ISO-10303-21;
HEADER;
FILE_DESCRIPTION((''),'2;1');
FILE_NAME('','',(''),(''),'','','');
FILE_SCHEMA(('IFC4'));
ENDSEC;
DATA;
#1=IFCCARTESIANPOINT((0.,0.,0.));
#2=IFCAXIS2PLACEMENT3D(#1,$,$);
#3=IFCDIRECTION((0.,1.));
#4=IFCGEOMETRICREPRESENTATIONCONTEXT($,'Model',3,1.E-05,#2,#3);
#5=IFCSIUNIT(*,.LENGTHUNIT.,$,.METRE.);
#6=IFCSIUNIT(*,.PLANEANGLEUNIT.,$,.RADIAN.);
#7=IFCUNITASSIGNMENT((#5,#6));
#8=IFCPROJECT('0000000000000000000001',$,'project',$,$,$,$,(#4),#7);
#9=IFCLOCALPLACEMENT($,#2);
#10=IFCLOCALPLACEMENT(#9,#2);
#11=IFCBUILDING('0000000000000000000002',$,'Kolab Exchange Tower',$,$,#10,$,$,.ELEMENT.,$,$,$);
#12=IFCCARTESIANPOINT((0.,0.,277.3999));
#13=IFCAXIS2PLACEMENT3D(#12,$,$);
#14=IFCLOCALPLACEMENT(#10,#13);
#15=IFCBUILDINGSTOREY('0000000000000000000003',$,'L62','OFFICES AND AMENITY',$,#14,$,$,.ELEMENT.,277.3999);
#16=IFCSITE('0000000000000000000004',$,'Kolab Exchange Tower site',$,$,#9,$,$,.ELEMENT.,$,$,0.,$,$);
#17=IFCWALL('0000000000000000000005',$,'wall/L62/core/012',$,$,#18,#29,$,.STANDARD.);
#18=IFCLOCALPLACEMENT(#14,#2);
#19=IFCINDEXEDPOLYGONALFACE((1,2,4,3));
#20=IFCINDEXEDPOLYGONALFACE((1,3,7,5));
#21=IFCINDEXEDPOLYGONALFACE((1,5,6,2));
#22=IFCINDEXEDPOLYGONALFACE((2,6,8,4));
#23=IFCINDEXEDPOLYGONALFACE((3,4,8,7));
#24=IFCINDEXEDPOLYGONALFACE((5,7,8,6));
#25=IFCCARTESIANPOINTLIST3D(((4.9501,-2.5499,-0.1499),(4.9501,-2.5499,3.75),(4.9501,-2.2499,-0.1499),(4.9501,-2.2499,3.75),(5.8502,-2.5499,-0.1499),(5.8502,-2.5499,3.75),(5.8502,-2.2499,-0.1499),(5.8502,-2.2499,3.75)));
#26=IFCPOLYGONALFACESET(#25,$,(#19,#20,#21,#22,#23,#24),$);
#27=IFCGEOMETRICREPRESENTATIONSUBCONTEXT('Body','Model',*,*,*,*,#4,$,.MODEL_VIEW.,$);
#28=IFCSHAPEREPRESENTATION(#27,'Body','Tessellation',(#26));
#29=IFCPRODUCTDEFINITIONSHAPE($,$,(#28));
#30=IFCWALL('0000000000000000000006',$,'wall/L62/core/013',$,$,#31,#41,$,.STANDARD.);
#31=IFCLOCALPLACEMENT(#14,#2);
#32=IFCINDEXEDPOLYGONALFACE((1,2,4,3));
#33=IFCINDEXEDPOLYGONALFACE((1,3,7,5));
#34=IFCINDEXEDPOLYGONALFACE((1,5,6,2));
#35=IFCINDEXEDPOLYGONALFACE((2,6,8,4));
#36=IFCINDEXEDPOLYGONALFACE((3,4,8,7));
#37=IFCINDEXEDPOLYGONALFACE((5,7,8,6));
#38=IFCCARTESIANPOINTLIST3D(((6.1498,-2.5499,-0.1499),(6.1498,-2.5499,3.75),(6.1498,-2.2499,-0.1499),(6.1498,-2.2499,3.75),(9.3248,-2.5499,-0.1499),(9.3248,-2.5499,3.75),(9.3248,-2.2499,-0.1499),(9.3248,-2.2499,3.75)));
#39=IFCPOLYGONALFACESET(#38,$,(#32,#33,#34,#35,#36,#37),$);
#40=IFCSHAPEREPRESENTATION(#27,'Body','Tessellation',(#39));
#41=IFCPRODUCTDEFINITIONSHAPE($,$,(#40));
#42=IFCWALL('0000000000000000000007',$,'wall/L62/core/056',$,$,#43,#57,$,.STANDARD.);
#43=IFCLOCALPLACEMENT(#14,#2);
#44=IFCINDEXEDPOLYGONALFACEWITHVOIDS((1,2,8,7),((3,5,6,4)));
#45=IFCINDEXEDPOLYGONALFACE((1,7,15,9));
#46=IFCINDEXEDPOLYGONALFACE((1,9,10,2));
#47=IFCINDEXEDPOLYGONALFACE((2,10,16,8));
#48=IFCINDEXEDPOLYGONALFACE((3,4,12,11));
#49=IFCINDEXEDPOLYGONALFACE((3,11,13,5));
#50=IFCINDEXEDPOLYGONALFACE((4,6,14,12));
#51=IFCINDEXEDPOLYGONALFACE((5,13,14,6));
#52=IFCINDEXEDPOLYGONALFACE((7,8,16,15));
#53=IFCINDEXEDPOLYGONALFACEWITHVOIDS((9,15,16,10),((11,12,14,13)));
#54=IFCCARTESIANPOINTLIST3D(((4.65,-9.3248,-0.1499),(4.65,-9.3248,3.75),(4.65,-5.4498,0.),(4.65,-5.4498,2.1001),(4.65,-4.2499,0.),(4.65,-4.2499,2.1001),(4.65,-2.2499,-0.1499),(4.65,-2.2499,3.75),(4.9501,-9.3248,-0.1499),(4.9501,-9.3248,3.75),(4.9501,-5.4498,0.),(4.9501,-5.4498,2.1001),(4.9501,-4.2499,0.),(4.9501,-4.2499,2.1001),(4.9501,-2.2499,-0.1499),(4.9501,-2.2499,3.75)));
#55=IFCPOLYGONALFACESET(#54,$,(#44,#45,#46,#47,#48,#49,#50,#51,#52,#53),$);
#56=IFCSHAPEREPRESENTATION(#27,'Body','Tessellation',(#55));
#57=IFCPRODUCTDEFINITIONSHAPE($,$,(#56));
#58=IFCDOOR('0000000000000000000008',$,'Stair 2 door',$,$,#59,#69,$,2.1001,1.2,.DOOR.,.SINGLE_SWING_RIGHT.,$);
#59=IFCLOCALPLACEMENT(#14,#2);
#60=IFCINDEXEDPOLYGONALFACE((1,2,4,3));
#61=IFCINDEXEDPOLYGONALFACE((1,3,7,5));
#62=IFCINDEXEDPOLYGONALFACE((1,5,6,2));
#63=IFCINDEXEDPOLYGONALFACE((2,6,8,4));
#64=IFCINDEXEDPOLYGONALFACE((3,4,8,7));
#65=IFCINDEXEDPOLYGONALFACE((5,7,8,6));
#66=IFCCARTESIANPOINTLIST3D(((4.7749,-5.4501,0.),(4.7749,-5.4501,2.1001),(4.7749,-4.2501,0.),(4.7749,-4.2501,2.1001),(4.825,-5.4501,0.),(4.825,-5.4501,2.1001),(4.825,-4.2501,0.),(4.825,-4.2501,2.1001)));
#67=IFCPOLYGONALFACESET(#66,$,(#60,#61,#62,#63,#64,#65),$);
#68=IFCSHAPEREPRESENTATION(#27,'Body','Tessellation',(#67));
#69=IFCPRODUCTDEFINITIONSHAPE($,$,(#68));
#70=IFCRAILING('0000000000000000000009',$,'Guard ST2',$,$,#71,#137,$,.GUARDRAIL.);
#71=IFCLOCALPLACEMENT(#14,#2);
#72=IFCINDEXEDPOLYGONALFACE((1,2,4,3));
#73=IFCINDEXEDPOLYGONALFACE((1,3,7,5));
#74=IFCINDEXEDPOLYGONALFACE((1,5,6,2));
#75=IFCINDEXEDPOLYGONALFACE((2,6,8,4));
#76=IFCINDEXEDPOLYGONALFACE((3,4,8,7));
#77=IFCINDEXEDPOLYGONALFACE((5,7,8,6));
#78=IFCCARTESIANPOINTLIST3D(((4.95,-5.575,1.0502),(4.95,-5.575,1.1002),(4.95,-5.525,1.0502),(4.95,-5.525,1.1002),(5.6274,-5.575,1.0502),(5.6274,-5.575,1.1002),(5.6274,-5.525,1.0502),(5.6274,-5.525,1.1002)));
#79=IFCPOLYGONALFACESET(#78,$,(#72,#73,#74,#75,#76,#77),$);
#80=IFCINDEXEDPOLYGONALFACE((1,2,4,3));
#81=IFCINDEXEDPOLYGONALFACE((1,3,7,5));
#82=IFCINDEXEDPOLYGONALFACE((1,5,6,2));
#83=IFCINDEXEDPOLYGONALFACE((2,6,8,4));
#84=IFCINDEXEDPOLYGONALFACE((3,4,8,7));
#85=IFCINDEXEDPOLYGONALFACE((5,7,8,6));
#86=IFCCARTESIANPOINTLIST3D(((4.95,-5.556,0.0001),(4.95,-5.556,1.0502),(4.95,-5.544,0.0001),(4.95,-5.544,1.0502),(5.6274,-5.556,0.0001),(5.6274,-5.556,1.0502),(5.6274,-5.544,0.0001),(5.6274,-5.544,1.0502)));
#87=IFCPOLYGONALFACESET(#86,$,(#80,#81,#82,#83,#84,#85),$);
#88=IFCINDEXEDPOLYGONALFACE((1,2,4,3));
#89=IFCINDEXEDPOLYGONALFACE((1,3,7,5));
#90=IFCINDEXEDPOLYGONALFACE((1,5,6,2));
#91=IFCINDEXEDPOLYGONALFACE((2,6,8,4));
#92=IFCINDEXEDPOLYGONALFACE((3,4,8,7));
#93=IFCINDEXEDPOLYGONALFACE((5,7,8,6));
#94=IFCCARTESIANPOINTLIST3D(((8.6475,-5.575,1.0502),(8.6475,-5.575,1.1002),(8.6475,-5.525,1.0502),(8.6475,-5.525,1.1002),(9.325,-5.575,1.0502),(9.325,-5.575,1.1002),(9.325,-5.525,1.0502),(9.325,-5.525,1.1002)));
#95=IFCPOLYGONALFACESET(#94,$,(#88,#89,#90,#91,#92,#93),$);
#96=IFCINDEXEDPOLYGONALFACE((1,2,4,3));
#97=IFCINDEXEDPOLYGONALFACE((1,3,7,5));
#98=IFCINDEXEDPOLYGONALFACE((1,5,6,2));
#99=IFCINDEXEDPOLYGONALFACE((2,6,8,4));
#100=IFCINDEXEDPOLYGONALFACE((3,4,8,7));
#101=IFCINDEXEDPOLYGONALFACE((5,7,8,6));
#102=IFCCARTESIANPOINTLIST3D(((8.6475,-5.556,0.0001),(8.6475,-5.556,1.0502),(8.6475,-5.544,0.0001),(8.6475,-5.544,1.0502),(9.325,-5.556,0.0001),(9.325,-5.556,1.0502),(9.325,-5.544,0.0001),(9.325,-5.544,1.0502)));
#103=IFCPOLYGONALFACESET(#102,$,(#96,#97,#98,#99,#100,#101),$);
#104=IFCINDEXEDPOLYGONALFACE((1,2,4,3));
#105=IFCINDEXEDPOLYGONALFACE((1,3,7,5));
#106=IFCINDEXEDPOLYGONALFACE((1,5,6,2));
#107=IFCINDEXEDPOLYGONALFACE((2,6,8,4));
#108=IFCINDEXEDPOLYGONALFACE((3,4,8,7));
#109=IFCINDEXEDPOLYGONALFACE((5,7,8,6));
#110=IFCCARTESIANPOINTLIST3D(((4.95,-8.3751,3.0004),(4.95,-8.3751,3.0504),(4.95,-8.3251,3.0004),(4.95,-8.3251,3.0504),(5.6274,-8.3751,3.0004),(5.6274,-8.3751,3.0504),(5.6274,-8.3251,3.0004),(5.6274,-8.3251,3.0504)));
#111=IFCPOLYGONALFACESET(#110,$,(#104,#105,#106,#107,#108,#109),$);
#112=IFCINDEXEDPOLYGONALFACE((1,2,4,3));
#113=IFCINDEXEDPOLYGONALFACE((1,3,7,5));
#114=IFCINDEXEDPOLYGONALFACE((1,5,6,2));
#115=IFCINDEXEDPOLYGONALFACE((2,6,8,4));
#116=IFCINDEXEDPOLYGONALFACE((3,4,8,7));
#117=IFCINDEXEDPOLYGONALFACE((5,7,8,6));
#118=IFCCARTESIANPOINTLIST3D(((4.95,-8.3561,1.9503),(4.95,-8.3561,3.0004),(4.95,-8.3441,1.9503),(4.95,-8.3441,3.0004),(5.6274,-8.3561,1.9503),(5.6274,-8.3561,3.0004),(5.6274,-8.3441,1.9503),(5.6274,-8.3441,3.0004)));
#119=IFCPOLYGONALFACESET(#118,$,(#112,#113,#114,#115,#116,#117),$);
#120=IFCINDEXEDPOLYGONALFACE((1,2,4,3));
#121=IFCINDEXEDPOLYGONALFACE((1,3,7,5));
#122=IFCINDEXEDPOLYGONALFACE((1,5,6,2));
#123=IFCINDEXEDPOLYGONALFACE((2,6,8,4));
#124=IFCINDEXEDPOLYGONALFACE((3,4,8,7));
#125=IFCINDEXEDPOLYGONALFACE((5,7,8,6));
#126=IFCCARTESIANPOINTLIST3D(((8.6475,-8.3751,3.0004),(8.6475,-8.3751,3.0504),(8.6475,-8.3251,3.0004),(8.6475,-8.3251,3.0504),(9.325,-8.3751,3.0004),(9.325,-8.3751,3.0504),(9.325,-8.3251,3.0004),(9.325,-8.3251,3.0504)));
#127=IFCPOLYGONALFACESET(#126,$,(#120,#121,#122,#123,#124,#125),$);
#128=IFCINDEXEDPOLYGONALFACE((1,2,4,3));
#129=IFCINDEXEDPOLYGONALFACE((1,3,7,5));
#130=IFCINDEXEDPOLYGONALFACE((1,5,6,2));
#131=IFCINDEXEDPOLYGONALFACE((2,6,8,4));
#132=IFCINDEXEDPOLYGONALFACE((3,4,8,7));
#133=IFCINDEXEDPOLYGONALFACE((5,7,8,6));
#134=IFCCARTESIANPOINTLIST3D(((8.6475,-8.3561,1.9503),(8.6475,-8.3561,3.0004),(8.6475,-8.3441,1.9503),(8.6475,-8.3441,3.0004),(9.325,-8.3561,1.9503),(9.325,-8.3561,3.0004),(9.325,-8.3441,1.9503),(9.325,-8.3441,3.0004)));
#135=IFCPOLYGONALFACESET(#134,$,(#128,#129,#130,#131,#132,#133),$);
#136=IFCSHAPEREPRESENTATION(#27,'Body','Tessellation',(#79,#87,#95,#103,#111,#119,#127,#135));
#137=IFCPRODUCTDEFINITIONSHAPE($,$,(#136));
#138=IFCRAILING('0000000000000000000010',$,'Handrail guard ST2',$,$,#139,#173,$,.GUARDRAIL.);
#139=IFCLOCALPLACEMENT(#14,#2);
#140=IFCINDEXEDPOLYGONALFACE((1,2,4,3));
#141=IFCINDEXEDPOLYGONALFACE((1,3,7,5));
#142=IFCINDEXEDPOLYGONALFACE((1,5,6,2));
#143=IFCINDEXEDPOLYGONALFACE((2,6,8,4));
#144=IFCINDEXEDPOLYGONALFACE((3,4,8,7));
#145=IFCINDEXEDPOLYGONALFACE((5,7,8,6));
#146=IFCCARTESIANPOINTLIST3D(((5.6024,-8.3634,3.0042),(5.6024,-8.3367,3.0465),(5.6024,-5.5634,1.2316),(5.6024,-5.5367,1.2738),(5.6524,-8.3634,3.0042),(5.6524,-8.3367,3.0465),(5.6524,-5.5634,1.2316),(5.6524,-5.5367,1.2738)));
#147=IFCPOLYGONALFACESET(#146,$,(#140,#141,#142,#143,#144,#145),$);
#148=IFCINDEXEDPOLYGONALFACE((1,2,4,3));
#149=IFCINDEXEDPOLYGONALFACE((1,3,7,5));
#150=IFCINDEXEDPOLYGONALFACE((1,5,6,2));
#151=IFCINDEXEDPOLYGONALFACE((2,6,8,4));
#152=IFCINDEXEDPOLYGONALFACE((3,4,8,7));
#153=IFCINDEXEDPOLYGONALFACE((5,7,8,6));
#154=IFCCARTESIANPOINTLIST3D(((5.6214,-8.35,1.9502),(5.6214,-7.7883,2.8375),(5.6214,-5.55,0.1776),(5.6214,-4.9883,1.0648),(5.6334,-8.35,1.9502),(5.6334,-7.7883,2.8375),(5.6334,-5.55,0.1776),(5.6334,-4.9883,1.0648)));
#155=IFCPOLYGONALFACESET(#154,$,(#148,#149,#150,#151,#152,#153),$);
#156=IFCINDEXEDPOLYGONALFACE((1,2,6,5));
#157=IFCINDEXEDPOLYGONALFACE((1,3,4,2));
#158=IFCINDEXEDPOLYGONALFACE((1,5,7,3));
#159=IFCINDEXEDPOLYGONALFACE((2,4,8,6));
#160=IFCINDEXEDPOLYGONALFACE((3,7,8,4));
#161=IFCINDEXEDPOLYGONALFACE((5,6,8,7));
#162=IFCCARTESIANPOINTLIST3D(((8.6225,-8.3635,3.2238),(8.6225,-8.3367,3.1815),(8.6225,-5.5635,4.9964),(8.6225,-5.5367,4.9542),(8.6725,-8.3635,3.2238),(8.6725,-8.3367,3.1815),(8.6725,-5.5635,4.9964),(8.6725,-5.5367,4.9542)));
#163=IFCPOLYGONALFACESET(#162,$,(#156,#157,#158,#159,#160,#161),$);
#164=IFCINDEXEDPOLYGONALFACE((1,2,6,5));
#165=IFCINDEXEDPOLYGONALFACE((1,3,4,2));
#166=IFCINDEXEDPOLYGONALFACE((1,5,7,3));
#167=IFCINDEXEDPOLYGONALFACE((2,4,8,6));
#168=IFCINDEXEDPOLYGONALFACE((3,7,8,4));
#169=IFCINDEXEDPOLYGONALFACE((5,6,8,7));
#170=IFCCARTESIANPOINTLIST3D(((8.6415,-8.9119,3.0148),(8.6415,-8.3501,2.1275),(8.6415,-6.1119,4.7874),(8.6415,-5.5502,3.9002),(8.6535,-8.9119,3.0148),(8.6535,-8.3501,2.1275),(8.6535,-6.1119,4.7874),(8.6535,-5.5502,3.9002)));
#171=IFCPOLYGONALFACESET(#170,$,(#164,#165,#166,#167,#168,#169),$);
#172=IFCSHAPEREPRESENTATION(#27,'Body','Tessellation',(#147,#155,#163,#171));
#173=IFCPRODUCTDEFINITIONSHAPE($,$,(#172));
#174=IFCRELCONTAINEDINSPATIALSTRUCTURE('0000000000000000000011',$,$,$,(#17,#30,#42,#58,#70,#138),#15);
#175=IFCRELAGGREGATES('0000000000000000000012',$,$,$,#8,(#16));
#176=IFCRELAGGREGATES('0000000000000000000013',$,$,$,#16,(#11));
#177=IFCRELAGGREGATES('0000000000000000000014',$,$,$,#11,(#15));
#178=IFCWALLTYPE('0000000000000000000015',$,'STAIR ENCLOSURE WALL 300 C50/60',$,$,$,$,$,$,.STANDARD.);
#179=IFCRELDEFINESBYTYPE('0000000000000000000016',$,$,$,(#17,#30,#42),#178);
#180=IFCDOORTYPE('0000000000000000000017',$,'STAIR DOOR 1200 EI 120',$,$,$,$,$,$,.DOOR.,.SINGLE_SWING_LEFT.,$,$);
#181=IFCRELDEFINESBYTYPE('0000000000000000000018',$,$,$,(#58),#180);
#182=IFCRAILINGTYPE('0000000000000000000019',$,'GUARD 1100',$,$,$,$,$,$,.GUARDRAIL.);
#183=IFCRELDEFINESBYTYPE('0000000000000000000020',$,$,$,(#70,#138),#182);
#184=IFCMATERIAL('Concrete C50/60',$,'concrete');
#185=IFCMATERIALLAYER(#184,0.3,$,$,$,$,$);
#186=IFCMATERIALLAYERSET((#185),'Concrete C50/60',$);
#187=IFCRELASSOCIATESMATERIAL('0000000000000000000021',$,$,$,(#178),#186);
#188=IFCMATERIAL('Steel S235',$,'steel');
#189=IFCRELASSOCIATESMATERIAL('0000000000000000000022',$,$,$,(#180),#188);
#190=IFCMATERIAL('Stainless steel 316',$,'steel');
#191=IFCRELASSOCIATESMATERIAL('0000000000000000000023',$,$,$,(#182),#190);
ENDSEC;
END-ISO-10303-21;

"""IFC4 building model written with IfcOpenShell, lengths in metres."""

from ifc_helpers import new_model, si_unit, direction, frame, frame_2d, origin, origin_2d, place, context, subcontext, project, spatial, rectangle, extrude, material, layer, layer_set, type_object, element, fill, save


model = new_model("IFC4")

# Units and contexts
model_context = context("Model", 3, precision=1e-05, world=origin(), true_north=direction((0.0, 1.0)))
body_context = subcontext(model_context, "Body", "Model", "MODEL_VIEW")
ifc_project = project(units=[si_unit("LENGTHUNIT", "METRE"), si_unit("PLANEANGLEUNIT", "RADIAN")], contexts=[model_context])

# Site, building, storey
site_placement = place(None, origin())
site = spatial("IfcSite", under=ifc_project, at=site_placement, Name="Kolab Exchange Tower site", CompositionType="ELEMENT", RefElevation=0.0)
building_placement = place(site_placement, origin())
building = spatial("IfcBuilding", under=site, at=building_placement, Name="Kolab Exchange Tower", CompositionType="ELEMENT")
storey_placement = place(building_placement, frame((0.0, 0.0, 277.3999)))
storey = spatial("IfcBuildingStorey", under=building, at=storey_placement, Name="L62", Description="OFFICES AND AMENITY", CompositionType="ELEMENT", Elevation=277.3999)

# Shared definitions
ifc_material_1 = material(Name="Concrete C50/60", Category="concrete")
ifc_material_2 = material(Name="Stainless steel 316", Category="steel")

# Walls
ifc_layer_1 = layer(ifc_material_1, 0.3)
ifc_layer_set_1 = layer_set([ifc_layer_1], Name="Concrete C50/60")
wall_type_1 = type_object("IfcWallType", Name="STAIR ENCLOSURE WALL 300 C50/60", PredefinedType="STANDARD", material=ifc_layer_set_1)
wall_1_placement = place(storey_placement, frame((4.95, -2.3999, -0.1499), z_axis=(0.0, 0.0, 1.0), x_axis=(1.0, 0.0, 0.0)))
element("IfcWall", 1, at=wall_1_placement, inside=storey, type_object=wall_type_1, Name="wall/L62/core/012", PredefinedType="STANDARD", context=body_context, shape_type="SweptSolid", body=[
    extrude(rectangle(XDim=0.9001, YDim=0.3, at=frame_2d((0.4502, 0.0))), origin(), (0.0, 0.0, 1.0), 3.8999),
])
wall_2_placement = place(storey_placement, frame((6.1499, -2.3999, -0.1499), z_axis=(0.0, 0.0, 1.0), x_axis=(1.0, 0.0, 0.0)))
element("IfcWall", 2, at=wall_2_placement, inside=storey, type_object=wall_type_1, Name="wall/L62/core/013", PredefinedType="STANDARD", context=body_context, shape_type="SweptSolid", body=[
    extrude(rectangle(XDim=3.175, YDim=0.3, at=frame_2d((1.5874, 0.0))), origin(), (0.0, 0.0, 1.0), 3.8999),
])

# Wall, opening, door
wall_3_placement = place(storey_placement, frame((4.8, -9.325, -0.1499), z_axis=(0.0, 0.0, 1.0), x_axis=(0.0, 1.0, 0.0)))
wall_3 = element("IfcWall", 3, at=wall_3_placement, inside=storey, type_object=wall_type_1, Name="wall/L62/core/056", PredefinedType="STANDARD", context=body_context, shape_type="SweptSolid", body=[
    extrude(rectangle(XDim=7.075, YDim=0.3, at=frame_2d((3.5376, 0.0))), origin(), (0.0, 0.0, 1.0), 3.8999),
])
opening_1_placement = place(wall_3_placement, frame((3.875, 0.0, 0.1499)))
opening_1 = element("IfcOpeningElement", 4, at=opening_1_placement, cuts=wall_3, PredefinedType="OPENING", context=body_context, shape_type="SweptSolid", body=[
    extrude(rectangle(XDim=1.2, YDim=2.1001, at=frame_2d((0.6001, 1.05))), frame((0.0, 0.1602, 0.0), z_axis=(0.0, -1.0, 0.0), x_axis=(1.0, 0.0, 0.0)), (0.0, 0.0, 1.0), 0.3201),
])
ifc_material_3 = material(Name="Steel S235", Category="steel")
door_type_1 = type_object("IfcDoorType", Name="STAIR DOOR 1200 EI 120", OperationType="SINGLE_SWING_LEFT", PredefinedType="DOOR", material=ifc_material_3)
door_1_placement = place(opening_1_placement, frame((1.2, 0.0, 0.0), z_axis=(0.0, 0.0, 1.0), x_axis=(-1.0, 0.0, 0.0)))
door_1 = element("IfcDoor", 5, at=door_1_placement, inside=storey, type_object=door_type_1, Name="Stair 2 door", OperationType="SINGLE_SWING_RIGHT", OverallHeight=2.1001, OverallWidth=1.2, PredefinedType="DOOR", context=body_context, shape_type="SweptSolid", body=[
    extrude(rectangle(XDim=1.2, YDim=2.1001, at=frame_2d((0.6001, 1.05))), frame((0.0, 0.0249, 0.0), z_axis=(0.0, -1.0, 0.0), x_axis=(1.0, 0.0, 0.0)), (0.0, 0.0, 1.0), 0.05),
])
fill(opening_1, door_1)

# Railings
railing_type = type_object("IfcRailingType", Name="GUARD 1100", PredefinedType="GUARDRAIL", material=ifc_material_2)
railing_1_placement = place(storey_placement, frame((4.95, -5.55, 0.0)))
element("IfcRailing", 6, at=railing_1_placement, inside=storey, type_object=railing_type, Name="Guard ST2", PredefinedType="GUARDRAIL", context=body_context, shape_type="SweptSolid", body=[
    extrude(rectangle(XDim=0.05, YDim=0.05, at=origin_2d()), frame((0.0, 0.0, 1.0752), z_axis=(1.0, 0.0, 0.0), x_axis=(0.0, 1.0, 0.0)), (0.0, 0.0, 1.0), 0.6775),
    extrude(rectangle(XDim=0.012, YDim=1.0501, at=frame_2d((0.0, 0.5251))), frame((0.0, 0.0, 0.0), z_axis=(1.0, 0.0, 0.0), x_axis=(0.0, 1.0, 0.0)), (0.0, 0.0, 1.0), 0.6775),
    extrude(rectangle(XDim=0.05, YDim=0.05, at=origin_2d()), frame((3.6975, 0.0, 1.0752), z_axis=(1.0, 0.0, 0.0), x_axis=(0.0, 1.0, 0.0)), (0.0, 0.0, 1.0), 0.6775),
    extrude(rectangle(XDim=0.012, YDim=1.0501, at=frame_2d((0.0, 0.5251))), frame((3.6975, 0.0, 0.0), z_axis=(1.0, 0.0, 0.0), x_axis=(0.0, 1.0, 0.0)), (0.0, 0.0, 1.0), 0.6775),
    extrude(rectangle(XDim=0.05, YDim=0.05, at=origin_2d()), frame((0.0, -2.8, 3.0254), z_axis=(1.0, 0.0, 0.0), x_axis=(0.0, 1.0, 0.0)), (0.0, 0.0, 1.0), 0.6775),
    extrude(rectangle(XDim=0.012, YDim=1.0501, at=frame_2d((0.0, 0.5251))), frame((0.0, -2.8, 1.9502), z_axis=(1.0, 0.0, 0.0), x_axis=(0.0, 1.0, 0.0)), (0.0, 0.0, 1.0), 0.6775),
    extrude(rectangle(XDim=0.05, YDim=0.05, at=origin_2d()), frame((3.6975, -2.8, 3.0254), z_axis=(1.0, 0.0, 0.0), x_axis=(0.0, 1.0, 0.0)), (0.0, 0.0, 1.0), 0.6775),
    extrude(rectangle(XDim=0.012, YDim=1.0501, at=frame_2d((0.0, 0.5251))), frame((3.6975, -2.8, 1.9502), z_axis=(1.0, 0.0, 0.0), x_axis=(0.0, 1.0, 0.0)), (0.0, 0.0, 1.0), 0.6775),
])
railing_2_placement = place(storey_placement, frame((5.6274, -5.55, 0.1775)))
element("IfcRailing", 7, at=railing_2_placement, inside=storey, type_object=railing_type, Name="Handrail guard ST2", PredefinedType="GUARDRAIL", context=body_context, shape_type="SweptSolid", body=[
    extrude(rectangle(XDim=0.05, YDim=0.05, at=origin_2d()), frame((0.0, 0.0, 1.0752), z_axis=(0.0, -0.844909, 0.53491), x_axis=(1.0, 0.0, 0.0)), (0.0, 0.0, 1.0), 3.314),
    extrude(rectangle(XDim=0.012, YDim=1.0501, at=frame_2d((0.0, 0.5251))), frame((0.0, 0.0, 0.0), z_axis=(0.0, -0.844909, 0.53491), x_axis=(1.0, 0.0, 0.0)), (0.0, 0.0, 1.0), 3.314),
    extrude(rectangle(XDim=0.05, YDim=0.05, at=origin_2d()), frame((3.02, -2.8, 3.0251), z_axis=(0.0, 0.844909, 0.53491), x_axis=(-1.0, 0.0, 0.0)), (0.0, 0.0, 1.0), 3.314),
    extrude(rectangle(XDim=0.012, YDim=1.0501, at=frame_2d((0.0, 0.5251))), frame((3.02, -2.8, 1.95), z_axis=(0.0, 0.844909, 0.53491), x_axis=(-1.0, 0.0, 0.0)), (0.0, 0.0, 1.0), 3.314),
])

save(model, "model.ifc")
